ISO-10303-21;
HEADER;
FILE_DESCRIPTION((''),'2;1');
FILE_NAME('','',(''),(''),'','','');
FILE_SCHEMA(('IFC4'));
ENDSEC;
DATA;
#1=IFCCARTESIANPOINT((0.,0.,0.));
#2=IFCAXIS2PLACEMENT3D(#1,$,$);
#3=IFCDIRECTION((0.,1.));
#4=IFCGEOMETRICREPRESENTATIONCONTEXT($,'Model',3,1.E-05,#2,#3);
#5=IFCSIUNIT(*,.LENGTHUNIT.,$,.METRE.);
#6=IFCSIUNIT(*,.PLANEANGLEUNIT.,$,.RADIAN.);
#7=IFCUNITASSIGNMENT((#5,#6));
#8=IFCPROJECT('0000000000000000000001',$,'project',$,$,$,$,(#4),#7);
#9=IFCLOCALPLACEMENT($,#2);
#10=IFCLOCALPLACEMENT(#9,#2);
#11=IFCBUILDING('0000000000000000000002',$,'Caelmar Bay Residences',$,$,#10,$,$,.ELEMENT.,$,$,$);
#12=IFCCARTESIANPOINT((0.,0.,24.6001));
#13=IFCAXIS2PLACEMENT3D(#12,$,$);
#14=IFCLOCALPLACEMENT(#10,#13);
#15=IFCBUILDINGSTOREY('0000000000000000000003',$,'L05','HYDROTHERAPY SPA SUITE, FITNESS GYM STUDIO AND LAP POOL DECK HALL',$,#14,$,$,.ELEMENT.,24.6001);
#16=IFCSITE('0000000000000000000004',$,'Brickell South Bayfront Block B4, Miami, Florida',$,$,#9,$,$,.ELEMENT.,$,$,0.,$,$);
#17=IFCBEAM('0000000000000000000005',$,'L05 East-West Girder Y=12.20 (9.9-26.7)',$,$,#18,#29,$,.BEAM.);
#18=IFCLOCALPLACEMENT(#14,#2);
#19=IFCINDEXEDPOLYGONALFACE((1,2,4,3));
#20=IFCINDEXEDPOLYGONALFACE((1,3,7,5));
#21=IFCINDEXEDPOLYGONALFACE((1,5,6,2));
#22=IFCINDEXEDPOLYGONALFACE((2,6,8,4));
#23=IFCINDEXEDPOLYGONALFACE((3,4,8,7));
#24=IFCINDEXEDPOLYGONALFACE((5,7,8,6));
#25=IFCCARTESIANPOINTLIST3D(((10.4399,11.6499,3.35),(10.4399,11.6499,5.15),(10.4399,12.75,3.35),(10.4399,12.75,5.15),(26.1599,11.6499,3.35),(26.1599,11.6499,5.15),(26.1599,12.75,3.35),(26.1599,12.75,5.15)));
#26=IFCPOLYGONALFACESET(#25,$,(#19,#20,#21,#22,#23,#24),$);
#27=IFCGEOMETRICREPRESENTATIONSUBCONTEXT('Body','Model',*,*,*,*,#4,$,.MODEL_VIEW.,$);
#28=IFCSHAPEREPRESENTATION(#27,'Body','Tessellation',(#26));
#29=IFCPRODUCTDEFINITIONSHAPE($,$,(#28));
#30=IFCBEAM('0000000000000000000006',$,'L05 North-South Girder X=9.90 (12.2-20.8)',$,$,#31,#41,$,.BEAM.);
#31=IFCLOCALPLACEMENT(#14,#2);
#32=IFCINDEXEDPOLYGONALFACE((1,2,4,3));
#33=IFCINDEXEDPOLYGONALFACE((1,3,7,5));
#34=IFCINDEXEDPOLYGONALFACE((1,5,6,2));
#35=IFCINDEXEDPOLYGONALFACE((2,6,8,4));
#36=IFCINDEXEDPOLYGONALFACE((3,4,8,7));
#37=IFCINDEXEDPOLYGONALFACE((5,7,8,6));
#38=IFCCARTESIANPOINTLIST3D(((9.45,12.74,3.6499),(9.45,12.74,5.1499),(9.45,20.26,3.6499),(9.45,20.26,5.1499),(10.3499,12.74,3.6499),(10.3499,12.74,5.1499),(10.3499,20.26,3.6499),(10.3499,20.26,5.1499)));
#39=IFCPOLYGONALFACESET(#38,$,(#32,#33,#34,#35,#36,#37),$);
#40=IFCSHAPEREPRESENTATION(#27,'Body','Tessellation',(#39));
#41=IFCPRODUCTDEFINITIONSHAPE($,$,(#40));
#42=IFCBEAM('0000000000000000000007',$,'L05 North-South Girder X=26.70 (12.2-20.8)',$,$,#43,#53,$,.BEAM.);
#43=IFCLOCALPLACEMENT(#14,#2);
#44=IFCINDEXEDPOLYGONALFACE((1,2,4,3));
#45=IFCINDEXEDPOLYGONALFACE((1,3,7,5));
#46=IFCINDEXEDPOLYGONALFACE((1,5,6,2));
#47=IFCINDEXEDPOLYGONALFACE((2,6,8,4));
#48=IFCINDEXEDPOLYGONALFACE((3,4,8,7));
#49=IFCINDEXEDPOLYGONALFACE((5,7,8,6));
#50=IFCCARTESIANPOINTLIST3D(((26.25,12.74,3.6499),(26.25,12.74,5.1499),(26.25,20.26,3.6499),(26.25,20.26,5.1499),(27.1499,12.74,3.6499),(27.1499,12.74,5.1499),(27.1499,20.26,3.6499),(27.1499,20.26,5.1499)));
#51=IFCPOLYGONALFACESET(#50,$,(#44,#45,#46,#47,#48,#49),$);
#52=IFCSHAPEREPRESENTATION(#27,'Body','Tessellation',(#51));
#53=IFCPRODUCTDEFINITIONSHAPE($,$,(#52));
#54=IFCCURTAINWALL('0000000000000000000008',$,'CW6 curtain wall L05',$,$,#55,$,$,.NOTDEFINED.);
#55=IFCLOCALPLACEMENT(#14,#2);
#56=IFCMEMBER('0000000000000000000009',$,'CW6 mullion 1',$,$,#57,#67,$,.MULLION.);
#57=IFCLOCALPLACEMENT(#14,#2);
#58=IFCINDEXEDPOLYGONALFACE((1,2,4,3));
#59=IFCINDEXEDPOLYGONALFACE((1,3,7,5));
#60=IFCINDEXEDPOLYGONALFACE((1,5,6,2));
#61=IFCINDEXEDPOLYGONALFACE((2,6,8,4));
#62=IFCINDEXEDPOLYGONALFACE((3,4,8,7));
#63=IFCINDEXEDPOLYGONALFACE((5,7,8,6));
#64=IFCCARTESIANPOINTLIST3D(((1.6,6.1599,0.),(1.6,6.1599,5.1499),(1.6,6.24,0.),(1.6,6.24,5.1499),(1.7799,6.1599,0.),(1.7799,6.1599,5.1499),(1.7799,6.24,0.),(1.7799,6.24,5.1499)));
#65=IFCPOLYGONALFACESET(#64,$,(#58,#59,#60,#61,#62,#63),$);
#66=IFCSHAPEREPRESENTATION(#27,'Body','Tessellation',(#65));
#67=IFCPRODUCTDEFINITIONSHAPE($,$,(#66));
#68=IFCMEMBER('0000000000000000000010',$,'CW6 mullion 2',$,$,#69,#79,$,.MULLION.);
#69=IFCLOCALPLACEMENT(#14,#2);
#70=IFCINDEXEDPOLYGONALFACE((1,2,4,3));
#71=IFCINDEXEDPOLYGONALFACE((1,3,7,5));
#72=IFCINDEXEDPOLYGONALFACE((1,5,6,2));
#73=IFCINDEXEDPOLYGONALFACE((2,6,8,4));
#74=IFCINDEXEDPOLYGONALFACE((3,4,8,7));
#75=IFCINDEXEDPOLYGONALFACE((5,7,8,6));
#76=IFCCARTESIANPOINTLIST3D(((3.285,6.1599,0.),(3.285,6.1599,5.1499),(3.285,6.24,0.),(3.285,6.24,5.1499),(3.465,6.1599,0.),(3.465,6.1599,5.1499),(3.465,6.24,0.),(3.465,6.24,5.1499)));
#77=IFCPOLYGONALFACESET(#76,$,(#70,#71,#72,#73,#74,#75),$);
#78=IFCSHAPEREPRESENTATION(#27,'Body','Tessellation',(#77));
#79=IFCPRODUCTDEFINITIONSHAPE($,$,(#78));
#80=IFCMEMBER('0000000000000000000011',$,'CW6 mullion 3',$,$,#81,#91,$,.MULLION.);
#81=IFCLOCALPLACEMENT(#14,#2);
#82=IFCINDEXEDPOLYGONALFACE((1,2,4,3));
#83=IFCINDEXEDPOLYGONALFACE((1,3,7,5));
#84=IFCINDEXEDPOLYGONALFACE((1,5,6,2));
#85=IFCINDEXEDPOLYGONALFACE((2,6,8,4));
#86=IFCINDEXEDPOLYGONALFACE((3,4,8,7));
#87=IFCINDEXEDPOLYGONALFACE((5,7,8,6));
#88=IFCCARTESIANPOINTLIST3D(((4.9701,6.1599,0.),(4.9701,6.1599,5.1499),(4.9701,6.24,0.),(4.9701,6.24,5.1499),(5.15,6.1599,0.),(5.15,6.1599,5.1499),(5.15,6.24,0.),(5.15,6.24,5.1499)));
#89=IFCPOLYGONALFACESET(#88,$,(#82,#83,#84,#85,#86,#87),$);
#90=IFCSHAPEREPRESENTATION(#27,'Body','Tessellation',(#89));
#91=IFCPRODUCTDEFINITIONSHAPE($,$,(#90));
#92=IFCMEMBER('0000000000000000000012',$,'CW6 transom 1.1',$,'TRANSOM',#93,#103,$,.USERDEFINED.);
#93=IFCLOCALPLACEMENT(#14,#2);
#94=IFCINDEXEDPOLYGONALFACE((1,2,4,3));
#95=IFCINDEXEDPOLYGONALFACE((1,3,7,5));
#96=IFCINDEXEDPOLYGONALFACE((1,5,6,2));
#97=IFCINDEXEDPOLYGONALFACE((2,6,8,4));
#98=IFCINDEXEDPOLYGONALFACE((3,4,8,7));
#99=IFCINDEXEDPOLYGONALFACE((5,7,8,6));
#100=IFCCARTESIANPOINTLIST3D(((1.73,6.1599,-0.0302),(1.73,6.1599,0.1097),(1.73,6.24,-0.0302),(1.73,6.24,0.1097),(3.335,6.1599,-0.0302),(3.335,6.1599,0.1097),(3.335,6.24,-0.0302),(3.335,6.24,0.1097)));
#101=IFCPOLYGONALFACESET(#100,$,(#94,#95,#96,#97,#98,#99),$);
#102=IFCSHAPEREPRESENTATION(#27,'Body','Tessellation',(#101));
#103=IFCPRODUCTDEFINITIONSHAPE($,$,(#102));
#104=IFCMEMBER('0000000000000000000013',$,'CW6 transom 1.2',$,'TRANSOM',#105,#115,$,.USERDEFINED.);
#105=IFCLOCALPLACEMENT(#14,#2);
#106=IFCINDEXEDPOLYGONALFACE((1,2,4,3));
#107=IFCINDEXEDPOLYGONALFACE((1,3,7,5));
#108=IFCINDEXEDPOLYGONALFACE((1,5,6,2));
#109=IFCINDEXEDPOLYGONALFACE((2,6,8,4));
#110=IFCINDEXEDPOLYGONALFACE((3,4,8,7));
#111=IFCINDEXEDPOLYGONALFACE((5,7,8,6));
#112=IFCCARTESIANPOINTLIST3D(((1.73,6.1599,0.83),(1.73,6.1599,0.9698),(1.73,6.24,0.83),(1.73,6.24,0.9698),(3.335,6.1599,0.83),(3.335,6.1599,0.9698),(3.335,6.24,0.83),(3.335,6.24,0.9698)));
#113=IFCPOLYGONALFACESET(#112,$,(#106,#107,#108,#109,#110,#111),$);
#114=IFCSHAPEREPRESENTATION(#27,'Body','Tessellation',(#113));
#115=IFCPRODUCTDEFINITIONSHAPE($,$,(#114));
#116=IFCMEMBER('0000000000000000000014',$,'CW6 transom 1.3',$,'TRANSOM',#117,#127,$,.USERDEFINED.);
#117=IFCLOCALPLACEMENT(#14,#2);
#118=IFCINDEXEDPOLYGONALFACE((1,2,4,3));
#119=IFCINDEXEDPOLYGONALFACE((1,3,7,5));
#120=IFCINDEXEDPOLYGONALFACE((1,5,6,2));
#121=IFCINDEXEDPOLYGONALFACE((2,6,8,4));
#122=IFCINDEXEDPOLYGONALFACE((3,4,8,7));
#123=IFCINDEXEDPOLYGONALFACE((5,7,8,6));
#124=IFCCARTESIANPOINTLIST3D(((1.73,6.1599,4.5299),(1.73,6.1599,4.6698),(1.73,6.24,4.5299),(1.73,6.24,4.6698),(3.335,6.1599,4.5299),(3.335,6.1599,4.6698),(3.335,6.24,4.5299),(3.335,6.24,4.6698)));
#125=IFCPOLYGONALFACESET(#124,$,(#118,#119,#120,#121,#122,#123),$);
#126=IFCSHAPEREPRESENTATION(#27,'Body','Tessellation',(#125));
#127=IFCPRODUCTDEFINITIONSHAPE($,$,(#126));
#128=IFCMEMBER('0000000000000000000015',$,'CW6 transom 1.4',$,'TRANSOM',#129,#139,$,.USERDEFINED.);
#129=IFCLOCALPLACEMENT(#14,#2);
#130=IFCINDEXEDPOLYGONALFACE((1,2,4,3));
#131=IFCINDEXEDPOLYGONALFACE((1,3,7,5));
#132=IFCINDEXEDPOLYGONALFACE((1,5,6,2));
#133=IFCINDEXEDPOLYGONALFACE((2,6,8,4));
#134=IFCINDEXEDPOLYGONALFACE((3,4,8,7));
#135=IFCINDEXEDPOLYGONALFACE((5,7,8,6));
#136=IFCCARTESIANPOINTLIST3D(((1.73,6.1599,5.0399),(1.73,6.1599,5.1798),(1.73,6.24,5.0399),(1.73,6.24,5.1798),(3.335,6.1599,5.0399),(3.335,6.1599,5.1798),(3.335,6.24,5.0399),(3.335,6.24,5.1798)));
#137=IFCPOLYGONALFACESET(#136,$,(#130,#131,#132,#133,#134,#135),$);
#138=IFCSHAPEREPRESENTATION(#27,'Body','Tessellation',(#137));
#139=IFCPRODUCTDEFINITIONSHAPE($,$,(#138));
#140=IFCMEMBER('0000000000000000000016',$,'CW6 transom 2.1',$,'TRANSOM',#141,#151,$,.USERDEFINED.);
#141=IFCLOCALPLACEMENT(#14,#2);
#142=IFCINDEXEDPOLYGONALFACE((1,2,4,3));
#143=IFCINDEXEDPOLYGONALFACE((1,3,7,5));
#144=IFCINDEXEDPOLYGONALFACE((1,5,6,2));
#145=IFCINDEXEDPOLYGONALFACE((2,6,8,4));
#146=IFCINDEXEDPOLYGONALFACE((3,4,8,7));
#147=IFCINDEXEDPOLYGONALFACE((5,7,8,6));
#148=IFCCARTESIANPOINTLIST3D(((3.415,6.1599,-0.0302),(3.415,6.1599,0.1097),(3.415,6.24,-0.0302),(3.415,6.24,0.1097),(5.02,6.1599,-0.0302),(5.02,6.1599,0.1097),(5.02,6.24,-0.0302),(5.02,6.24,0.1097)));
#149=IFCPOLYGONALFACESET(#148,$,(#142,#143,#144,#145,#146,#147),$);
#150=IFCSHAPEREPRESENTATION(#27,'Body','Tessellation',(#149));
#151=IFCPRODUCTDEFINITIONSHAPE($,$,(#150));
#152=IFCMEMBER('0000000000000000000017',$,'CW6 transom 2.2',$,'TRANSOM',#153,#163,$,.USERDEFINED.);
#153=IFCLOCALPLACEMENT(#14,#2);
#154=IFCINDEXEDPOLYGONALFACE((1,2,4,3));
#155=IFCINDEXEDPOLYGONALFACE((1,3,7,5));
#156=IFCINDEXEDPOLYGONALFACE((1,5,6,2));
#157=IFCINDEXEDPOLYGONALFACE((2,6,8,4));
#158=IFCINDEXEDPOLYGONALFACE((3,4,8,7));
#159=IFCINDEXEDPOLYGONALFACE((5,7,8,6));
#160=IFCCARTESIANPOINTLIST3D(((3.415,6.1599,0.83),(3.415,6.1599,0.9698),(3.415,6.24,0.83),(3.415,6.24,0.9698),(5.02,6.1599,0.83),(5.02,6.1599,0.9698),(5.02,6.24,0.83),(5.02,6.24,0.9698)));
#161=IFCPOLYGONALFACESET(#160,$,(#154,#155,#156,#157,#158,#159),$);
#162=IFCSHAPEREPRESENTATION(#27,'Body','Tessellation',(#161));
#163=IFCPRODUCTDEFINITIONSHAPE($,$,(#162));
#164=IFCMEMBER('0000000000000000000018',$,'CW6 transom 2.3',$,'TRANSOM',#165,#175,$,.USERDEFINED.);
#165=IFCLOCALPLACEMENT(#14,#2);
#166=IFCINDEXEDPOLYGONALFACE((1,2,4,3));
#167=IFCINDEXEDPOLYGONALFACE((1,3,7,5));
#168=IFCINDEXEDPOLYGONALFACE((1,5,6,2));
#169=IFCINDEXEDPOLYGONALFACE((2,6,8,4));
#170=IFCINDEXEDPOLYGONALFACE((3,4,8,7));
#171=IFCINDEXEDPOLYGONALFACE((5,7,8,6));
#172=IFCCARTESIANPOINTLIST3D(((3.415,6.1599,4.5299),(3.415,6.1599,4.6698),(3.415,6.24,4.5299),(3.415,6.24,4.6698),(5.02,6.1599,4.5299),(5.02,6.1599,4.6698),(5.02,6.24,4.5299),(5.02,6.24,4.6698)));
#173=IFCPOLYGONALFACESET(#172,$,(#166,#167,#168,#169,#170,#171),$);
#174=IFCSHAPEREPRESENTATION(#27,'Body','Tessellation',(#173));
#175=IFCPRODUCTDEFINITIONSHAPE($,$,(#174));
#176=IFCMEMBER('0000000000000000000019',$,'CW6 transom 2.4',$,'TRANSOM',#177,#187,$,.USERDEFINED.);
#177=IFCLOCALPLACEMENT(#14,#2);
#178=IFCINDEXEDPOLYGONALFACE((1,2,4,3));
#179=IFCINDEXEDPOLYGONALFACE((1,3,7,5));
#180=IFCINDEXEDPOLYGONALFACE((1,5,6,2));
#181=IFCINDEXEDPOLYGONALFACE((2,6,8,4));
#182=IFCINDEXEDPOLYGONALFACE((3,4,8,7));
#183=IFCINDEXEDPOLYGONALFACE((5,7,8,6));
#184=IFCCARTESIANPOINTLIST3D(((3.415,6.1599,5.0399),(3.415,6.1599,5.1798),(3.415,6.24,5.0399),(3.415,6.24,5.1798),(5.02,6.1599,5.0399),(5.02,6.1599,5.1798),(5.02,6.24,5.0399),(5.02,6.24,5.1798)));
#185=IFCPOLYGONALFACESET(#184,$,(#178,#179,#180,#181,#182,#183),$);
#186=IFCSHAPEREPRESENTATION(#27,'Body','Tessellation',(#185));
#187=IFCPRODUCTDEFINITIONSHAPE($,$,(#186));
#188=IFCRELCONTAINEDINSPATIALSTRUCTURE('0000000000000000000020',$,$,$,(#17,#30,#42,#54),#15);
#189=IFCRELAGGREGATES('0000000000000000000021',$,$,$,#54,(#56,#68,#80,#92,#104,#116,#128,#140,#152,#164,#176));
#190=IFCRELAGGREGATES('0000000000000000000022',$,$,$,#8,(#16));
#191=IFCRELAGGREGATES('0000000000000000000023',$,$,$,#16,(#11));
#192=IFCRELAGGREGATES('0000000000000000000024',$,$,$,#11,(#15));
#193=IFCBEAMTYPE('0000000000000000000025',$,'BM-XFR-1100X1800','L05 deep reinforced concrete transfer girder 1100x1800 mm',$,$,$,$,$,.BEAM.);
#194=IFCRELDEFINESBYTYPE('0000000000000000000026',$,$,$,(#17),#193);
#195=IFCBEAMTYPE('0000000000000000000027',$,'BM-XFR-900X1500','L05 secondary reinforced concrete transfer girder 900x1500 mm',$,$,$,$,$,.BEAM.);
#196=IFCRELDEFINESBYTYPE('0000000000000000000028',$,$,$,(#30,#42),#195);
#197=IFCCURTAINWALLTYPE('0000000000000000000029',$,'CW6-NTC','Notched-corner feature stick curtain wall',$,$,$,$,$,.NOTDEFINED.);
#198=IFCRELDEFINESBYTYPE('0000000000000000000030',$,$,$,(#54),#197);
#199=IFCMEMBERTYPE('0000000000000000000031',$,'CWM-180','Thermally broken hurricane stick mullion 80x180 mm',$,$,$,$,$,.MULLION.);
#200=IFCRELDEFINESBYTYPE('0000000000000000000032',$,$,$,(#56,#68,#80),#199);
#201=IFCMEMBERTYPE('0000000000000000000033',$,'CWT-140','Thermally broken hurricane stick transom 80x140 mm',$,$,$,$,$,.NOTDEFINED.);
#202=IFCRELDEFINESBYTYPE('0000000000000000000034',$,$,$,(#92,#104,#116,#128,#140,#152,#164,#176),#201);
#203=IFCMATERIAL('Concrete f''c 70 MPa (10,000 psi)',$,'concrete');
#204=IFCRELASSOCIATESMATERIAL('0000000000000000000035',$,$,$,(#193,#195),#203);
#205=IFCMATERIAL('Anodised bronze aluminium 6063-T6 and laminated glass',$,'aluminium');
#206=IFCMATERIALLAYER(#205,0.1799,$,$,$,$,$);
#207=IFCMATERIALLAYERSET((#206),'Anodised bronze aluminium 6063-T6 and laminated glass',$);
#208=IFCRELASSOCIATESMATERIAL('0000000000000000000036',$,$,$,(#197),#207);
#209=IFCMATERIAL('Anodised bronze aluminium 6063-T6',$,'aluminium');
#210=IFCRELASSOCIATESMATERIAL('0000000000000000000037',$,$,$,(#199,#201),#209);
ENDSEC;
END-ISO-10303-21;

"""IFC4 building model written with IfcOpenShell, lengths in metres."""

from ifc_helpers import new_model, si_unit, direction, frame, origin, origin_2d, place, context, subcontext, project, spatial, rectangle, extrude, material, layer, layer_set, material_profile, profile_set, type_object, element, aggregate, save


model = new_model("IFC4")

# Units and contexts
model_context = context("Model", 3, precision=1e-05, world=origin(), true_north=direction((0.0, 1.0)))
body_context = subcontext(model_context, "Body", "Model", "MODEL_VIEW")
ifc_project = project(units=[si_unit("LENGTHUNIT", "METRE"), si_unit("PLANEANGLEUNIT", "RADIAN")], contexts=[model_context])

# Site, building, storey
site_placement = place(None, origin())
site = spatial("IfcSite", under=ifc_project, at=site_placement, Name="Brickell South Bayfront Block B4, Miami, Florida", CompositionType="ELEMENT", RefElevation=0.0)
building_placement = place(site_placement, origin())
building = spatial("IfcBuilding", under=site, at=building_placement, Name="Caelmar Bay Residences", CompositionType="ELEMENT")
storey_placement = place(building_placement, frame((0.0, 0.0, 24.6001)))
storey = spatial("IfcBuildingStorey", under=building, at=storey_placement, Name="L05", Description="HYDROTHERAPY SPA SUITE, FITNESS GYM STUDIO AND LAP POOL DECK HALL", CompositionType="ELEMENT", Elevation=24.6001)

# Shared definitions
ifc_material_1 = material(Name="Concrete f'c 70 MPa (10,000 psi)", Category="concrete")

# Beams
ifc_material_profile_1 = material_profile(ifc_material_1, rectangle(XDim=1.1001, YDim=1.8, at=origin_2d()), Name="RC-BM-1100X1800")
ifc_profile_set_1 = profile_set([ifc_material_profile_1], Name="Concrete f'c 70 MPa (10,000 psi)")
beam_type_1 = type_object("IfcBeamType", Name="BM-XFR-1100X1800", Description="L05 deep reinforced concrete transfer girder 1100x1800 mm", PredefinedType="BEAM", material=ifc_profile_set_1)
beam_1_placement = place(storey_placement, frame((10.4399, 12.2, 4.25), z_axis=(1.0, 0.0, 0.0), x_axis=(0.0, 1.0, 0.0)))
element("IfcBeam", 1, at=beam_1_placement, inside=storey, type_object=beam_type_1, Name="L05 East-West Girder Y=12.20 (9.9-26.7)", PredefinedType="BEAM", context=body_context, shape_type="SweptSolid", body=[
    extrude(rectangle(XDim=1.1001, YDim=1.8, at=origin_2d()), origin(), (0.0, 0.0, 1.0), 15.72),
])
ifc_material_profile_2 = material_profile(ifc_material_1, rectangle(XDim=0.8999, YDim=1.5, at=origin_2d()), Name="RC-BM-900X1500")
ifc_profile_set_2 = profile_set([ifc_material_profile_2], Name="Concrete f'c 70 MPa (10,000 psi)")
beam_type_2 = type_object("IfcBeamType", Name="BM-XFR-900X1500", Description="L05 secondary reinforced concrete transfer girder 900x1500 mm", PredefinedType="BEAM", material=ifc_profile_set_2)
for number, where, z_axis, x_axis, name in (
    (2, (9.8999, 12.74, 4.3999), (0.0, 1.0, 0.0), (-1.0, 0.0, 0.0), "L05 North-South Girder X=9.90 (12.2-20.8)"),
    (3, (26.7, 12.74, 4.3999), (0.0, 1.0, 0.0), (-1.0, 0.0, 0.0), "L05 North-South Girder X=26.70 (12.2-20.8)"),
):
    element("IfcBeam", number, at=place(storey_placement, frame(where, z_axis=z_axis, x_axis=x_axis)), inside=storey, type_object=beam_type_2, Name=name, PredefinedType="BEAM", context=body_context, shape_type="SweptSolid", body=[
        extrude(rectangle(XDim=0.8999, YDim=1.5, at=origin_2d()), origin(), (0.0, 0.0, 1.0), 7.52),
    ])

# Curtain wall, members
ifc_material_2 = material(Name="Anodised bronze aluminium 6063-T6 and laminated glass", Category="aluminium")
ifc_layer_1 = layer(ifc_material_2, 0.1799)
ifc_layer_set_1 = layer_set([ifc_layer_1], Name="Anodised bronze aluminium 6063-T6 and laminated glass")
curtain_wall_type_1 = type_object("IfcCurtainWallType", Name="CW6-NTC", Description="Notched-corner feature stick curtain wall", PredefinedType="NOTDEFINED", material=ifc_layer_set_1)
curtain_wall_1_placement = place(storey_placement, origin())
curtain_wall_1 = element("IfcCurtainWall", 4, at=curtain_wall_1_placement, inside=storey, type_object=curtain_wall_type_1, Name="CW6 curtain wall L05", PredefinedType="NOTDEFINED")
ifc_material_3 = material(Name="Anodised bronze aluminium 6063-T6", Category="aluminium")
ifc_material_profile_3 = material_profile(ifc_material_3, rectangle(XDim=0.0801, YDim=0.1799, at=origin_2d()), Name="CWM-80X180")
ifc_profile_set_3 = profile_set([ifc_material_profile_3], Name="Anodised bronze aluminium 6063-T6")
member_type_1 = type_object("IfcMemberType", Name="CWM-180", Description="Thermally broken hurricane stick mullion 80x180 mm", PredefinedType="MULLION", material=ifc_profile_set_3)
member_1_placement = place(storey_placement, frame((1.6899, 6.2, 0.0), z_axis=(0.0, 0.0, 1.0), x_axis=(0.0, 1.0, 0.0)))
member_1 = element("IfcMember", 5, at=member_1_placement, type_object=member_type_1, Name="CW6 mullion 1", PredefinedType="MULLION", context=body_context, shape_type="SweptSolid", body=[
    extrude(rectangle(XDim=0.0801, YDim=0.1799, at=origin_2d()), origin(), (0.0, 0.0, 1.0), 5.1499),
])
member_2_placement = place(storey_placement, frame((3.375, 6.2, 0.0), z_axis=(0.0, 0.0, 1.0), x_axis=(0.0, 1.0, 0.0)))
member_2 = element("IfcMember", 6, at=member_2_placement, type_object=member_type_1, Name="CW6 mullion 2", PredefinedType="MULLION", context=body_context, shape_type="SweptSolid", body=[
    extrude(rectangle(XDim=0.0801, YDim=0.1799, at=origin_2d()), origin(), (0.0, 0.0, 1.0), 5.1499),
])
member_3_placement = place(storey_placement, frame((5.0601, 6.2, 0.0), z_axis=(0.0, 0.0, 1.0), x_axis=(0.0, 1.0, 0.0)))
member_3 = element("IfcMember", 7, at=member_3_placement, type_object=member_type_1, Name="CW6 mullion 3", PredefinedType="MULLION", context=body_context, shape_type="SweptSolid", body=[
    extrude(rectangle(XDim=0.0801, YDim=0.1799, at=origin_2d()), origin(), (0.0, 0.0, 1.0), 5.1499),
])
ifc_material_profile_4 = material_profile(ifc_material_3, rectangle(XDim=0.0801, YDim=0.1399, at=origin_2d()), Name="CWT-80X140")
ifc_profile_set_4 = profile_set([ifc_material_profile_4], Name="Anodised bronze aluminium 6063-T6")
member_type_2 = type_object("IfcMemberType", Name="CWT-140", Description="Thermally broken hurricane stick transom 80x140 mm", PredefinedType="NOTDEFINED", material=ifc_profile_set_4)
member_4_placement = place(storey_placement, frame((1.73, 6.2, 0.0398), z_axis=(1.0, 0.0, 0.0), x_axis=(0.0, 1.0, 0.0)))
member_4 = element("IfcMember", 8, at=member_4_placement, type_object=member_type_2, Name="CW6 transom 1.1", ObjectType="TRANSOM", PredefinedType="USERDEFINED", context=body_context, shape_type="SweptSolid", body=[
    extrude(rectangle(XDim=0.0801, YDim=0.1399, at=origin_2d()), origin(), (0.0, 0.0, 1.0), 1.605),
])
member_5_placement = place(storey_placement, frame((1.73, 6.2, 0.8999), z_axis=(1.0, 0.0, 0.0), x_axis=(0.0, 1.0, 0.0)))
member_5 = element("IfcMember", 9, at=member_5_placement, type_object=member_type_2, Name="CW6 transom 1.2", ObjectType="TRANSOM", PredefinedType="USERDEFINED", context=body_context, shape_type="SweptSolid", body=[
    extrude(rectangle(XDim=0.0801, YDim=0.1399, at=origin_2d()), origin(), (0.0, 0.0, 1.0), 1.605),
])
member_6_placement = place(storey_placement, frame((1.73, 6.2, 4.5999), z_axis=(1.0, 0.0, 0.0), x_axis=(0.0, 1.0, 0.0)))
member_6 = element("IfcMember", 10, at=member_6_placement, type_object=member_type_2, Name="CW6 transom 1.3", ObjectType="TRANSOM", PredefinedType="USERDEFINED", context=body_context, shape_type="SweptSolid", body=[
    extrude(rectangle(XDim=0.0801, YDim=0.1399, at=origin_2d()), origin(), (0.0, 0.0, 1.0), 1.605),
])
member_7_placement = place(storey_placement, frame((1.73, 6.2, 5.1099), z_axis=(1.0, 0.0, 0.0), x_axis=(0.0, 1.0, 0.0)))
member_7 = element("IfcMember", 11, at=member_7_placement, type_object=member_type_2, Name="CW6 transom 1.4", ObjectType="TRANSOM", PredefinedType="USERDEFINED", context=body_context, shape_type="SweptSolid", body=[
    extrude(rectangle(XDim=0.0801, YDim=0.1399, at=origin_2d()), origin(), (0.0, 0.0, 1.0), 1.605),
])
member_8_placement = place(storey_placement, frame((3.415, 6.2, 0.0398), z_axis=(1.0, 0.0, 0.0), x_axis=(0.0, 1.0, 0.0)))
member_8 = element("IfcMember", 12, at=member_8_placement, type_object=member_type_2, Name="CW6 transom 2.1", ObjectType="TRANSOM", PredefinedType="USERDEFINED", context=body_context, shape_type="SweptSolid", body=[
    extrude(rectangle(XDim=0.0801, YDim=0.1399, at=origin_2d()), origin(), (0.0, 0.0, 1.0), 1.605),
])
member_9_placement = place(storey_placement, frame((3.415, 6.2, 0.8999), z_axis=(1.0, 0.0, 0.0), x_axis=(0.0, 1.0, 0.0)))
member_9 = element("IfcMember", 13, at=member_9_placement, type_object=member_type_2, Name="CW6 transom 2.2", ObjectType="TRANSOM", PredefinedType="USERDEFINED", context=body_context, shape_type="SweptSolid", body=[
    extrude(rectangle(XDim=0.0801, YDim=0.1399, at=origin_2d()), origin(), (0.0, 0.0, 1.0), 1.605),
])
member_10_placement = place(storey_placement, frame((3.415, 6.2, 4.5999), z_axis=(1.0, 0.0, 0.0), x_axis=(0.0, 1.0, 0.0)))
member_10 = element("IfcMember", 14, at=member_10_placement, type_object=member_type_2, Name="CW6 transom 2.3", ObjectType="TRANSOM", PredefinedType="USERDEFINED", context=body_context, shape_type="SweptSolid", body=[
    extrude(rectangle(XDim=0.0801, YDim=0.1399, at=origin_2d()), origin(), (0.0, 0.0, 1.0), 1.605),
])
member_11_placement = place(storey_placement, frame((3.415, 6.2, 5.1099), z_axis=(1.0, 0.0, 0.0), x_axis=(0.0, 1.0, 0.0)))
member_11 = element("IfcMember", 15, at=member_11_placement, type_object=member_type_2, Name="CW6 transom 2.4", ObjectType="TRANSOM", PredefinedType="USERDEFINED", context=body_context, shape_type="SweptSolid", body=[
    extrude(rectangle(XDim=0.0801, YDim=0.1399, at=origin_2d()), origin(), (0.0, 0.0, 1.0), 1.605),
])

aggregate(curtain_wall_1, [member_1, member_2, member_3, member_4, member_5, member_6, member_7, member_8, member_9, member_10, member_11])

save(model, "model.ifc")
